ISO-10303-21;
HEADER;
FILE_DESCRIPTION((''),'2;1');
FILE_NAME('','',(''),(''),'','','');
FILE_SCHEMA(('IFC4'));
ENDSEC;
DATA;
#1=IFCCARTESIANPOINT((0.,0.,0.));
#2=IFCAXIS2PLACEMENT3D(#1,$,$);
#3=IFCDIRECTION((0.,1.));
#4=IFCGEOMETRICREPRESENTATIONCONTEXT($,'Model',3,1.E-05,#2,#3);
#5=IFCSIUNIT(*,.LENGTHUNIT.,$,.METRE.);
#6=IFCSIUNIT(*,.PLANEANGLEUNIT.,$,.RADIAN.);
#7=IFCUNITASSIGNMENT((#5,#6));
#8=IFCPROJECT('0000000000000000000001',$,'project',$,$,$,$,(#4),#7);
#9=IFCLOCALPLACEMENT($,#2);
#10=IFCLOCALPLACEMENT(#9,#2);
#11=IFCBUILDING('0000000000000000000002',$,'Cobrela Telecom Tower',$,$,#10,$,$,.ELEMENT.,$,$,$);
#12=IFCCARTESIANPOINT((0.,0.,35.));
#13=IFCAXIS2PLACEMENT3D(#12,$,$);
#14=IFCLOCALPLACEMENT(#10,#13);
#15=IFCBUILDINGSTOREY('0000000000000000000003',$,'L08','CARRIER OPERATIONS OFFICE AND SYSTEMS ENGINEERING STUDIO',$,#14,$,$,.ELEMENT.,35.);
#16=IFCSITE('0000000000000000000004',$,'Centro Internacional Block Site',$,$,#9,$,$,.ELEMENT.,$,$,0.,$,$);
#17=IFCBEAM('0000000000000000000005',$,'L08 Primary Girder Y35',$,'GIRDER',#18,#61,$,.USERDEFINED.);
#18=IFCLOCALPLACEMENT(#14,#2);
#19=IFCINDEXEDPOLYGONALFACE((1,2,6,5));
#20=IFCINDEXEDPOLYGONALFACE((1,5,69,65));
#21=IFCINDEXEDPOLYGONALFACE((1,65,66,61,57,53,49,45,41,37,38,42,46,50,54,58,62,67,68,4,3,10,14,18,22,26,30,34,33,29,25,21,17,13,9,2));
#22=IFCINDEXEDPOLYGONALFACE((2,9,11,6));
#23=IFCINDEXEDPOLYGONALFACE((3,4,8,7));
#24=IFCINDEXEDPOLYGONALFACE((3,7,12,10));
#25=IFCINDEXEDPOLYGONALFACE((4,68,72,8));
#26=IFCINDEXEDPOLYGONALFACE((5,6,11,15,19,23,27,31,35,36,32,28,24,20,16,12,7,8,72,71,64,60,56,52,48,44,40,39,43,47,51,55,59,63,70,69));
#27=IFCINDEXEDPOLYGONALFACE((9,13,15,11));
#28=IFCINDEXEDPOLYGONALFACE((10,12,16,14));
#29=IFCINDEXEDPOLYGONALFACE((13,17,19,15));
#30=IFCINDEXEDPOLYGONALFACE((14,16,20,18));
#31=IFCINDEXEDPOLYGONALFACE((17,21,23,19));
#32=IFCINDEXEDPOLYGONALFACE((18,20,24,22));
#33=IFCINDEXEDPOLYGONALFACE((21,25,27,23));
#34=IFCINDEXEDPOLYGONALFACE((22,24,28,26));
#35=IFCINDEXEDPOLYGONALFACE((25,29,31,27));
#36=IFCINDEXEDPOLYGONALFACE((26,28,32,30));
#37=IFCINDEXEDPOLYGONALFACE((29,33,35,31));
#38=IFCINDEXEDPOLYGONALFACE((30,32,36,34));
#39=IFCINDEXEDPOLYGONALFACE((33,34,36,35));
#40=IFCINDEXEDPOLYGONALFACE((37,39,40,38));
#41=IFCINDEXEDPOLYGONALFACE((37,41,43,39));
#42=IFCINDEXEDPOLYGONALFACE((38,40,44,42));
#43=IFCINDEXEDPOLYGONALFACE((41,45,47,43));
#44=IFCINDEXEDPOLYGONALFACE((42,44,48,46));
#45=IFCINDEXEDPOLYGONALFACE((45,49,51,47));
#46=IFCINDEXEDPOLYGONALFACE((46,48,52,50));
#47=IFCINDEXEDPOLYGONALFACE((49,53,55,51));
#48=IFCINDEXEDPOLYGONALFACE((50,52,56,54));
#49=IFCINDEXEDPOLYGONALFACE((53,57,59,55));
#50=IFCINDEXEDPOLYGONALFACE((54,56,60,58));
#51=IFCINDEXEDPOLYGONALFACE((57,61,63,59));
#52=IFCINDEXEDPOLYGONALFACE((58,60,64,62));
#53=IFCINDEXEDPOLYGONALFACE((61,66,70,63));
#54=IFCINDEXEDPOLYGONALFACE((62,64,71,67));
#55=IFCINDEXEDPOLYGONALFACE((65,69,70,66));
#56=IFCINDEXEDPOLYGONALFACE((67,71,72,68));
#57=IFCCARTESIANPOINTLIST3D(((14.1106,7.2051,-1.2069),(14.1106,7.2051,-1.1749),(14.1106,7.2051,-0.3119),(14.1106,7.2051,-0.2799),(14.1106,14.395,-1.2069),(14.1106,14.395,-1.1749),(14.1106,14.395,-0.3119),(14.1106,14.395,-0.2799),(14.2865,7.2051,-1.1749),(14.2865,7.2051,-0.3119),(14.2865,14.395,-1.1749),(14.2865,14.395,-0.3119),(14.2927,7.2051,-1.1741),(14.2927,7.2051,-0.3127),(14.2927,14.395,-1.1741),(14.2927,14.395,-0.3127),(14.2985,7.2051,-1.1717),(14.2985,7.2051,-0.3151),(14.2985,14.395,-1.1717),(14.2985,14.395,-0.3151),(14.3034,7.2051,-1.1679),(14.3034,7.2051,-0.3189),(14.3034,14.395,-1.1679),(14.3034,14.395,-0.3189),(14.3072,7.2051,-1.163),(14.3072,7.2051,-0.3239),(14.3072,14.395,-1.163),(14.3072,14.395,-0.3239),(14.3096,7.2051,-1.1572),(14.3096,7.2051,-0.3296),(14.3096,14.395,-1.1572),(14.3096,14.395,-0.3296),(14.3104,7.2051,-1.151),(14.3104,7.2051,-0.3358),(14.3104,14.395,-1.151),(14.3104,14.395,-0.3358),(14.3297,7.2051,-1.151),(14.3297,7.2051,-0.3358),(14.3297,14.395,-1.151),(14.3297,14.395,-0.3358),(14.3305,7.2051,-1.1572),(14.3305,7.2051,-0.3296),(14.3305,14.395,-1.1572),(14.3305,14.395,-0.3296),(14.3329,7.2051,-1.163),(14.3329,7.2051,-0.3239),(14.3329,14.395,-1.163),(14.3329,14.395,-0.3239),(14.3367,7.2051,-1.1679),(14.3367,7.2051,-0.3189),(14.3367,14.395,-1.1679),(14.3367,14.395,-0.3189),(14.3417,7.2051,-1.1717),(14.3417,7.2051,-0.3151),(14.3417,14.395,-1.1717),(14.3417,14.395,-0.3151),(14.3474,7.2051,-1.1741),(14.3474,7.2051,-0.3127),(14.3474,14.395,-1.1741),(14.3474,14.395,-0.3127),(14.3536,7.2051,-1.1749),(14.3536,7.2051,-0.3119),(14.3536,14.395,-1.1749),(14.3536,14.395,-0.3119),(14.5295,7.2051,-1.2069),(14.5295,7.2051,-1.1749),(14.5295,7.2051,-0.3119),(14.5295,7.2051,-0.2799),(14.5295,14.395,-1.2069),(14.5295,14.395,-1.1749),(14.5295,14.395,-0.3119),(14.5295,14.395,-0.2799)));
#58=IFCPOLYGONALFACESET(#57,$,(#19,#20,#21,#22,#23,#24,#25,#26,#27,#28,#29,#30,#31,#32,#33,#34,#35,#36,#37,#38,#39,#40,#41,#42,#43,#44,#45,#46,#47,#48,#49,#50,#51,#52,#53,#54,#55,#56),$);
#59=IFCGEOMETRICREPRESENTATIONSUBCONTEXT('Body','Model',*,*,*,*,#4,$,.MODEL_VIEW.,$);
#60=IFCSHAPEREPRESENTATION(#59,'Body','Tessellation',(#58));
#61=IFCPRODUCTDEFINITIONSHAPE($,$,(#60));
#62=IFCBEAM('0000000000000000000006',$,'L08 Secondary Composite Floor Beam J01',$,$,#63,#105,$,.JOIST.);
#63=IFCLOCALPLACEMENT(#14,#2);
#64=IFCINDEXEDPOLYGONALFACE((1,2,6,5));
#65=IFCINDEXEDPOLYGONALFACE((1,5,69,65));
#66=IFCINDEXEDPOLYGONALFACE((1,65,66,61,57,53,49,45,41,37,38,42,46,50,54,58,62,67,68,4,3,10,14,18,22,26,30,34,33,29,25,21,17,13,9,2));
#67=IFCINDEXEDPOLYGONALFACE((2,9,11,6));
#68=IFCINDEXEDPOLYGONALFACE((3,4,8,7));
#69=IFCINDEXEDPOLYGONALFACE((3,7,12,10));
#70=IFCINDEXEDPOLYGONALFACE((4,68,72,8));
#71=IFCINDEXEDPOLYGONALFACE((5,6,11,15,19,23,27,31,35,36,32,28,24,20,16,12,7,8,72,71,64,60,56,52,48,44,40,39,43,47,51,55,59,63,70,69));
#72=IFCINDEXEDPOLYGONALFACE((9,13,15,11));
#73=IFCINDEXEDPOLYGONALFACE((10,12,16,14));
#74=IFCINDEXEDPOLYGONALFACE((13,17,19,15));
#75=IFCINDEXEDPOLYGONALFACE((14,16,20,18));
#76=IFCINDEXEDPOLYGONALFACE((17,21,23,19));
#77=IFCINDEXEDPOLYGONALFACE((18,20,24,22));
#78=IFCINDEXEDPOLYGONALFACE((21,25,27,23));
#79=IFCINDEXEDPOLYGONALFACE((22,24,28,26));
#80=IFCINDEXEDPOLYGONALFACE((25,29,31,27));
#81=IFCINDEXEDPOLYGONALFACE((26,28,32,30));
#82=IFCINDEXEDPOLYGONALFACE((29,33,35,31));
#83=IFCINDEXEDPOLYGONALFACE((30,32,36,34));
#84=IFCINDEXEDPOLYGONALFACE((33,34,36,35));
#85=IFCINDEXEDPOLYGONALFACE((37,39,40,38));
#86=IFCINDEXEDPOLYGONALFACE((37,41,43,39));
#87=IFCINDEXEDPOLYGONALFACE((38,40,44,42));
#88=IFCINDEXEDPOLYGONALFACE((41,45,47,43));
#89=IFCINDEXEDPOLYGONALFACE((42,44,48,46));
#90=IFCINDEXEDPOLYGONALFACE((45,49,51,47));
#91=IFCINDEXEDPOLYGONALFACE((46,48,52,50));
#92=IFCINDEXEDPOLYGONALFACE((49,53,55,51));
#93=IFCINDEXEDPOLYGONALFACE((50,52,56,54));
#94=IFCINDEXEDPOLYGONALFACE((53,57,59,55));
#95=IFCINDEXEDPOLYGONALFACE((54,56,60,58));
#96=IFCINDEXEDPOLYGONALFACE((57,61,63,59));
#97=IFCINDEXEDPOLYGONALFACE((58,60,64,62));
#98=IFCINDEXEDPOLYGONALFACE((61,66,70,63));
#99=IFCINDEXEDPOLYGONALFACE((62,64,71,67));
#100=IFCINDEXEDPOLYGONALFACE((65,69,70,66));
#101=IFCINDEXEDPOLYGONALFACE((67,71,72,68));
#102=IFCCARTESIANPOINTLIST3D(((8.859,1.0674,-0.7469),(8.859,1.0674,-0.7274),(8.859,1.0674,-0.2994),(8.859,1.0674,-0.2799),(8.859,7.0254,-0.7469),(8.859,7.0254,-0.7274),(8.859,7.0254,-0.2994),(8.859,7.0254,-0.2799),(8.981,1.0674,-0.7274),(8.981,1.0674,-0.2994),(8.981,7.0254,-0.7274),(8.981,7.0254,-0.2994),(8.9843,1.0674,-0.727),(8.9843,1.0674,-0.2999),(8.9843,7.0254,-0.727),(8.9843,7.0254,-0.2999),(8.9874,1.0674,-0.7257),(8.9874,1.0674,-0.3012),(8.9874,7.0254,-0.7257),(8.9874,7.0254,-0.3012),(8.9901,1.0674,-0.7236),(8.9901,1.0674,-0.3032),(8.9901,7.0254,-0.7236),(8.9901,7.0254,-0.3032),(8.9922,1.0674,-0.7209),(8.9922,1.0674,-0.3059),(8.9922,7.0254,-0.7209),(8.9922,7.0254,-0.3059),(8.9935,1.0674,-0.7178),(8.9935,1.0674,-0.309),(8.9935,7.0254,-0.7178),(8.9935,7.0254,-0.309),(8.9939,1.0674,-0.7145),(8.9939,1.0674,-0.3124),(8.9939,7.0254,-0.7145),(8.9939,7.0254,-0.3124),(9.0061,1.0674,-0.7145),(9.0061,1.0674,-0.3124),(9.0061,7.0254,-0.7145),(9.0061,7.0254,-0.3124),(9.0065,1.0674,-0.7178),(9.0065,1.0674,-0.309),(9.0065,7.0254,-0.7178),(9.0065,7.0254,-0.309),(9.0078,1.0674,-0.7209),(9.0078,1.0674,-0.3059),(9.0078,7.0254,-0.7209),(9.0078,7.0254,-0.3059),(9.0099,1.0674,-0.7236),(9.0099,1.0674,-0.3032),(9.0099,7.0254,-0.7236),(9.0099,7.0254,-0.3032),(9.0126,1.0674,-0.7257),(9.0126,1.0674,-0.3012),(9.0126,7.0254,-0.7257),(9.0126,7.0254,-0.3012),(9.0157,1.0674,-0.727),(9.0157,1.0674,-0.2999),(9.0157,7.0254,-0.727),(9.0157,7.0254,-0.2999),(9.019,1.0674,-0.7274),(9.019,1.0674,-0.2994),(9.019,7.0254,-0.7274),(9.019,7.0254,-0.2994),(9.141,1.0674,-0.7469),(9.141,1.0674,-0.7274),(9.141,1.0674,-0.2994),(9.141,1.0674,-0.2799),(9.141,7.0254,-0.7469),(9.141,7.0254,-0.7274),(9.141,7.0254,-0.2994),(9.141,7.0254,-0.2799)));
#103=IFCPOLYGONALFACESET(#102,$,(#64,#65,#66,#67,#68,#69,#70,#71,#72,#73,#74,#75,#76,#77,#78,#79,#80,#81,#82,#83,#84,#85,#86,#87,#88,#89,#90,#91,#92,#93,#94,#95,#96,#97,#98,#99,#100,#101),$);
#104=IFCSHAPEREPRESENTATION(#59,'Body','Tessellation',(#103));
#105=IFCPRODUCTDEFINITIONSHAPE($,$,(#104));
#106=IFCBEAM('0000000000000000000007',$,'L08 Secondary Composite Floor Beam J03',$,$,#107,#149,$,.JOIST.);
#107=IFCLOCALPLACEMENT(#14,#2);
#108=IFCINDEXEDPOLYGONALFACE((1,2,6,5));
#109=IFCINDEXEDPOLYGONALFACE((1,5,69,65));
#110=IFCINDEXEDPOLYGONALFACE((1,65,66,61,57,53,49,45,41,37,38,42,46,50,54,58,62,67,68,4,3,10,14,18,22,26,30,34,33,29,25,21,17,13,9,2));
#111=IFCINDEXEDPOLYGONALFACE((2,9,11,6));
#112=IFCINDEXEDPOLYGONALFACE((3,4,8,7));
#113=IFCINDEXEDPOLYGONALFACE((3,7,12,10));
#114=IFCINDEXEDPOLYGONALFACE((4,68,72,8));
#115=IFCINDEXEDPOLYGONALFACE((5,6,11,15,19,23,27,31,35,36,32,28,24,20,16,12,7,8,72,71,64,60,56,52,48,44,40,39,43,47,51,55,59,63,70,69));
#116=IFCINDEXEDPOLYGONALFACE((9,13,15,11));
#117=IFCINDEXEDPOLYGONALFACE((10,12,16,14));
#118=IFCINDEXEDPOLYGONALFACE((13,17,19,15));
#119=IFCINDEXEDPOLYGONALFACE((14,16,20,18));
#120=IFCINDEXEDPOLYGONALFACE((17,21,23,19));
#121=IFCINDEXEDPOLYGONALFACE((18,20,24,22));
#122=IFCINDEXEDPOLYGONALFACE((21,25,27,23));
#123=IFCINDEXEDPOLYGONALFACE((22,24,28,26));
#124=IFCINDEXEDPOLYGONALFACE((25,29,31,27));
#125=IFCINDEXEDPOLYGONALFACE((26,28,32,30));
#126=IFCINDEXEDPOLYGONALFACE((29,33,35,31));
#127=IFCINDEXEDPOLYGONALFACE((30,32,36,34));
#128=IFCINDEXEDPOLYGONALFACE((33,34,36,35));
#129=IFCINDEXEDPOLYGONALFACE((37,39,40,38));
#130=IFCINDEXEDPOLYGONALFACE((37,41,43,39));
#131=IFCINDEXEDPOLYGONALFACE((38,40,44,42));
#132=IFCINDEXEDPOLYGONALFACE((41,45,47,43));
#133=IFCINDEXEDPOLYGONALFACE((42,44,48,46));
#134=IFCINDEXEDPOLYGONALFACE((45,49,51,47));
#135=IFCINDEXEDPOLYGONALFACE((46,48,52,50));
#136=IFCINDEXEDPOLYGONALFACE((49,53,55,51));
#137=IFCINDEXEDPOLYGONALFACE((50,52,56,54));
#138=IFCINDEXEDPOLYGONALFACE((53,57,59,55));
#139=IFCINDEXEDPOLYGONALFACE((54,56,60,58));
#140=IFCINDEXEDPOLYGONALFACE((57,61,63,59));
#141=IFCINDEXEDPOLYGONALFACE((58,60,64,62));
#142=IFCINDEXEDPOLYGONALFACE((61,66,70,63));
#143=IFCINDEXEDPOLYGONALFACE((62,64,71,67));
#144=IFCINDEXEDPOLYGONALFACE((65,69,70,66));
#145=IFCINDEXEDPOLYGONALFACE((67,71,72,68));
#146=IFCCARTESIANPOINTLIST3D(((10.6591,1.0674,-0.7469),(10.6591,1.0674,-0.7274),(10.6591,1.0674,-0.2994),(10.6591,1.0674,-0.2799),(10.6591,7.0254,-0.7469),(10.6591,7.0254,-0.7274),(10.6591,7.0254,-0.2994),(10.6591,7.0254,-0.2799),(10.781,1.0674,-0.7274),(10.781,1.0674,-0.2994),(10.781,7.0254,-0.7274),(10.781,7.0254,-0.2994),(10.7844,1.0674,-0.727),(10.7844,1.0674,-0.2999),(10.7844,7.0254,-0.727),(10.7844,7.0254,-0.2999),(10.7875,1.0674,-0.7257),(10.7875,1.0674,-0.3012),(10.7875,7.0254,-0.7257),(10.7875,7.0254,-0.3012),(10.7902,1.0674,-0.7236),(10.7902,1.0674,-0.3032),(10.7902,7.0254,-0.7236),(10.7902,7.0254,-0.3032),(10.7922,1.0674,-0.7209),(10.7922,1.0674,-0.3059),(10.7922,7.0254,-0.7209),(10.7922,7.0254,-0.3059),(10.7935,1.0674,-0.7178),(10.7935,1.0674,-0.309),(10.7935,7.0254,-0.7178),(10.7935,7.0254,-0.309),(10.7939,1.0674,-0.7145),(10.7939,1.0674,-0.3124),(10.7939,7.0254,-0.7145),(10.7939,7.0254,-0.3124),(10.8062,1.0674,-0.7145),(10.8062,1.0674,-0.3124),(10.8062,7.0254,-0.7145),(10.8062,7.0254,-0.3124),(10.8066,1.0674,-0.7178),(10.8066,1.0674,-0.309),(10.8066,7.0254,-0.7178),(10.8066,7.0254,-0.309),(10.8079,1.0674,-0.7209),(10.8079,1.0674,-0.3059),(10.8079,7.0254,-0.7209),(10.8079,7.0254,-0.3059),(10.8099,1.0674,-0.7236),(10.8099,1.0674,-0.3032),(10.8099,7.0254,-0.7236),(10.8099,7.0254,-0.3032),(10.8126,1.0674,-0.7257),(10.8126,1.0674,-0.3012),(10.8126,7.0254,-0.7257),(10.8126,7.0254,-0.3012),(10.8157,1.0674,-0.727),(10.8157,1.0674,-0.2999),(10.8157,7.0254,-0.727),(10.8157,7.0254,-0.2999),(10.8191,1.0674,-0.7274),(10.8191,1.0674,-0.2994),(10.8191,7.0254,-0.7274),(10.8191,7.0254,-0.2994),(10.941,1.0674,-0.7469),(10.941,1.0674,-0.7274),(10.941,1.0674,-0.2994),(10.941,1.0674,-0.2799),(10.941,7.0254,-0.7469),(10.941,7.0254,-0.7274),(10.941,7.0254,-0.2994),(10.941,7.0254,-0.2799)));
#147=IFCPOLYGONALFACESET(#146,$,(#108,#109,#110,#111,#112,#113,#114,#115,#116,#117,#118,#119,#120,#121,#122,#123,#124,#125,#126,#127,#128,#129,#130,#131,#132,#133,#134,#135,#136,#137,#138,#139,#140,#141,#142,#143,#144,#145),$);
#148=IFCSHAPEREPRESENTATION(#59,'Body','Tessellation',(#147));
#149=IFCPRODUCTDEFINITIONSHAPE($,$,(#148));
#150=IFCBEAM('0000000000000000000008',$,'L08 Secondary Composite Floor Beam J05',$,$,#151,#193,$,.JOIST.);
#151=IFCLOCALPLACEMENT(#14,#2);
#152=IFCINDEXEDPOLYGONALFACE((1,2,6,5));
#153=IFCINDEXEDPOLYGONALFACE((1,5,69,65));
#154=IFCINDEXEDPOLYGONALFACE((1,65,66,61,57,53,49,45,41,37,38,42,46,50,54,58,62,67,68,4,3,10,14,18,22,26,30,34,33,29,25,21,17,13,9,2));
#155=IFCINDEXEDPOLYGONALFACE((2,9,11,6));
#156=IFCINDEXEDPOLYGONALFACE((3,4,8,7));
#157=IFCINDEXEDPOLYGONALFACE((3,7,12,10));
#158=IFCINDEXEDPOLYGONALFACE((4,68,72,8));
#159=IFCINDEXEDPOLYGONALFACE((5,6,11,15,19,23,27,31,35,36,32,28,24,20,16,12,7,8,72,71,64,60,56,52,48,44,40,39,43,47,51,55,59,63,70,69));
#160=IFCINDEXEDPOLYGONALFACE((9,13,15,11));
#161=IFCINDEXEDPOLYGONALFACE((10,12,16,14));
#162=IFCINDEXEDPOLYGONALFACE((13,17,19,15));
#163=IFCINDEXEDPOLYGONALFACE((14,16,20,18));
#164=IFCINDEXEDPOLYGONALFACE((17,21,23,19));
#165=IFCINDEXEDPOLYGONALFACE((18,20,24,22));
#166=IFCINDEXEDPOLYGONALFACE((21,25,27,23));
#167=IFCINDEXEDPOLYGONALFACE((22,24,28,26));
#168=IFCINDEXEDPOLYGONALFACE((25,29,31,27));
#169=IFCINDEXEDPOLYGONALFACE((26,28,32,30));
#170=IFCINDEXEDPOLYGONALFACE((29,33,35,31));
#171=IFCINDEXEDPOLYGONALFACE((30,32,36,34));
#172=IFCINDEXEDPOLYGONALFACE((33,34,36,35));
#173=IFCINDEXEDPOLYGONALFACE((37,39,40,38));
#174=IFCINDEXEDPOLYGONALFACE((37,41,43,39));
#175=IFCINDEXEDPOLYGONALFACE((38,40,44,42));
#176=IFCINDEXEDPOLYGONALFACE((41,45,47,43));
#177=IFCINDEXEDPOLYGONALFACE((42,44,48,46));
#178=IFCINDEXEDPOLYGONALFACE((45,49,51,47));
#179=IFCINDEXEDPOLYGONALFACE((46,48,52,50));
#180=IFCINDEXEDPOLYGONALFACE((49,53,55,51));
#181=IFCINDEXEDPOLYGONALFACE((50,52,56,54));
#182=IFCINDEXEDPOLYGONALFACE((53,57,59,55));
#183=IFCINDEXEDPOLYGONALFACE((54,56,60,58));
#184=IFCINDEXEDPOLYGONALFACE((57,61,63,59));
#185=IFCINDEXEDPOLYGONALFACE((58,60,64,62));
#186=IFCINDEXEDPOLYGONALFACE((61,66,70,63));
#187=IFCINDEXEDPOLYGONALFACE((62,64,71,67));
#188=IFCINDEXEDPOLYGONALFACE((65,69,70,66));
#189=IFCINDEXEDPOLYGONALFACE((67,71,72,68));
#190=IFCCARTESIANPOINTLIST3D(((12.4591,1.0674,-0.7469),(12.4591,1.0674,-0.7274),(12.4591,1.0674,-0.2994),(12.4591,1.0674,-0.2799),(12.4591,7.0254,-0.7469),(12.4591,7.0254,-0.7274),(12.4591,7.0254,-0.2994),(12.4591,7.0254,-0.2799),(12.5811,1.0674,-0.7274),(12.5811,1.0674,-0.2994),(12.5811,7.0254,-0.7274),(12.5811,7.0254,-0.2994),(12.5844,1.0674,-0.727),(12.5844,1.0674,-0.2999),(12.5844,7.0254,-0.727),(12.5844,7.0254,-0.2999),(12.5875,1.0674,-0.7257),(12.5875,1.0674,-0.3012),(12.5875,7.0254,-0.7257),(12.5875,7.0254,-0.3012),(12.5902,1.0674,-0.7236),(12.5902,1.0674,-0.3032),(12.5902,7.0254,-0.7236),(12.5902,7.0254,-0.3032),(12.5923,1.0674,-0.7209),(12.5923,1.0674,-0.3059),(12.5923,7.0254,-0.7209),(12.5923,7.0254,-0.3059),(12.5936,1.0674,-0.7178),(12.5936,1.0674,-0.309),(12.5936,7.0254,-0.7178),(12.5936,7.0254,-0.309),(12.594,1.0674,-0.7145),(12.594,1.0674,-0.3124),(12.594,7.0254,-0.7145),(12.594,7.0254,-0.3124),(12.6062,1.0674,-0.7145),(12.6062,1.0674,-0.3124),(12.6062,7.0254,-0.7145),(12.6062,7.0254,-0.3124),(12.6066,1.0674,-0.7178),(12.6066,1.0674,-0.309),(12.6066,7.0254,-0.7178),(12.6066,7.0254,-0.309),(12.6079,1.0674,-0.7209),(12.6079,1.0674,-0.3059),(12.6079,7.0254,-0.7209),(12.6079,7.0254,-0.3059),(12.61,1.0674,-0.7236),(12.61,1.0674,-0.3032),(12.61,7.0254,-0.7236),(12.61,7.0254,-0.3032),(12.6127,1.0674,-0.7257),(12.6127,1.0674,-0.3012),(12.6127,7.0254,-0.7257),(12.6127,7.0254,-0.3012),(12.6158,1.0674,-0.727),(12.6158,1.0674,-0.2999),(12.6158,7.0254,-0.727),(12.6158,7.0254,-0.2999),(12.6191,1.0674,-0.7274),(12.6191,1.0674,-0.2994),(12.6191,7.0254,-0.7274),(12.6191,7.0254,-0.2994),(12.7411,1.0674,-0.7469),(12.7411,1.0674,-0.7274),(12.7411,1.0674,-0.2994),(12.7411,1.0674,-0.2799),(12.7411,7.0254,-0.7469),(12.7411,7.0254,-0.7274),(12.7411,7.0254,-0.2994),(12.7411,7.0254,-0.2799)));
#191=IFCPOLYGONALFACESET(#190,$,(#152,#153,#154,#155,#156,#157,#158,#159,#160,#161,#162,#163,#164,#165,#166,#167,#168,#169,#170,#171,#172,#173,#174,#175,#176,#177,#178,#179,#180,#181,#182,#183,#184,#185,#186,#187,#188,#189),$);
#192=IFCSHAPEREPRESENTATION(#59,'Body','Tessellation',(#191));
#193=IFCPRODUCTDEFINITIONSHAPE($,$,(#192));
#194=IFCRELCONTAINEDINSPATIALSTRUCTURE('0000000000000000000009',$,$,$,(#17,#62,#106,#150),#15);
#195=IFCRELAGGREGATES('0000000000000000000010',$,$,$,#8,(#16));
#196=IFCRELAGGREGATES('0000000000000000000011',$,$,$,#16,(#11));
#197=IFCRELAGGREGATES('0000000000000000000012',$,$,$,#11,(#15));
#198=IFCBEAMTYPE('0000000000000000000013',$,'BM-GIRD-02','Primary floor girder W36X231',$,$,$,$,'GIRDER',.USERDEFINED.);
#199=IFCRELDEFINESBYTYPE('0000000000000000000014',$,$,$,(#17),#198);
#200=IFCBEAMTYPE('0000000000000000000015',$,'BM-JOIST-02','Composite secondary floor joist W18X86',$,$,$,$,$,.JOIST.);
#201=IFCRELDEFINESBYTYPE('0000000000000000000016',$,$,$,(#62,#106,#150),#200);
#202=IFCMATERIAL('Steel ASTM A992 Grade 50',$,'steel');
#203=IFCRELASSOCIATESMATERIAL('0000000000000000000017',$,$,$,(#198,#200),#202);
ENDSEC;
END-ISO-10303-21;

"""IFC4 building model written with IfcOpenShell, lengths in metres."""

from ifc_helpers import new_model, si_unit, direction, frame, origin, origin_2d, place, context, subcontext, project, spatial, i_section, extrude, material, material_profile, profile_set, type_object, element, save


model = new_model("IFC4")

# Units and contexts
model_context = context("Model", 3, precision=1e-05, world=origin(), true_north=direction((0.0, 1.0)))
body_context = subcontext(model_context, "Body", "Model", "MODEL_VIEW")
ifc_project = project(units=[si_unit("LENGTHUNIT", "METRE"), si_unit("PLANEANGLEUNIT", "RADIAN")], contexts=[model_context])

# Site, building, storey
site_placement = place(None, origin())
site = spatial("IfcSite", under=ifc_project, at=site_placement, Name="Centro Internacional Block Site", CompositionType="ELEMENT", RefElevation=0.0)
building_placement = place(site_placement, origin())
building = spatial("IfcBuilding", under=site, at=building_placement, Name="Cobrela Telecom Tower", CompositionType="ELEMENT")
storey_placement = place(building_placement, frame((0.0, 0.0, 35.0)))
storey = spatial("IfcBuildingStorey", under=building, at=storey_placement, Name="L08", Description="CARRIER OPERATIONS OFFICE AND SYSTEMS ENGINEERING STUDIO", CompositionType="ELEMENT", Elevation=35.0)

# Beams
ifc_material_1 = material(Name="Steel ASTM A992 Grade 50", Category="steel")
ifc_material_profile_1 = material_profile(ifc_material_1, i_section(OverallWidth=0.4189, OverallDepth=0.927, WebThickness=0.0193, FlangeThickness=0.032, FilletRadius=0.0239, at=origin_2d()), Name="W36X231")
ifc_profile_set_1 = profile_set([ifc_material_profile_1], Name="Steel ASTM A992 Grade 50")
beam_type_1 = type_object("IfcBeamType", Name="BM-GIRD-02", Description="Primary floor girder W36X231", ElementType="GIRDER", PredefinedType="USERDEFINED", material=ifc_profile_set_1)
beam_1_placement = place(storey_placement, frame((14.3201, 7.2051, -0.7434), z_axis=(0.0, 1.0, 0.0), x_axis=(-1.0, 0.0, 0.0)))
element("IfcBeam", 1, at=beam_1_placement, inside=storey, type_object=beam_type_1, Name="L08 Primary Girder Y35", ObjectType="GIRDER", PredefinedType="USERDEFINED", context=body_context, shape_type="SweptSolid", body=[
    extrude(i_section(OverallWidth=0.4189, OverallDepth=0.927, WebThickness=0.0193, FlangeThickness=0.032, FilletRadius=0.0239, at=origin_2d()), origin(), (0.0, 0.0, 1.0), 7.1899),
])
ifc_material_profile_2 = material_profile(ifc_material_1, i_section(OverallWidth=0.282, OverallDepth=0.467, WebThickness=0.0122, FlangeThickness=0.0195, FilletRadius=0.0129, at=origin_2d()), Name="W18X86")
ifc_profile_set_2 = profile_set([ifc_material_profile_2], Name="Steel ASTM A992 Grade 50")
beam_type_2 = type_object("IfcBeamType", Name="BM-JOIST-02", Description="Composite secondary floor joist W18X86", PredefinedType="JOIST", material=ifc_profile_set_2)
for number, where, z_axis, x_axis, name in (
    (2, (9.0, 1.0674, -0.5134), (0.0, 1.0, 0.0), (-1.0, 0.0, 0.0), "L08 Secondary Composite Floor Beam J01"),
    (3, (10.8, 1.0674, -0.5134), (0.0, 1.0, 0.0), (-1.0, 0.0, 0.0), "L08 Secondary Composite Floor Beam J03"),
    (4, (12.6001, 1.0674, -0.5134), (0.0, 1.0, 0.0), (-1.0, 0.0, 0.0), "L08 Secondary Composite Floor Beam J05"),
):
    element("IfcBeam", number, at=place(storey_placement, frame(where, z_axis=z_axis, x_axis=x_axis)), inside=storey, type_object=beam_type_2, Name=name, PredefinedType="JOIST", context=body_context, shape_type="SweptSolid", body=[
        extrude(i_section(OverallWidth=0.282, OverallDepth=0.467, WebThickness=0.0122, FlangeThickness=0.0195, FilletRadius=0.0129, at=origin_2d()), origin(), (0.0, 0.0, 1.0), 5.958),
    ])

save(model, "model.ifc")
